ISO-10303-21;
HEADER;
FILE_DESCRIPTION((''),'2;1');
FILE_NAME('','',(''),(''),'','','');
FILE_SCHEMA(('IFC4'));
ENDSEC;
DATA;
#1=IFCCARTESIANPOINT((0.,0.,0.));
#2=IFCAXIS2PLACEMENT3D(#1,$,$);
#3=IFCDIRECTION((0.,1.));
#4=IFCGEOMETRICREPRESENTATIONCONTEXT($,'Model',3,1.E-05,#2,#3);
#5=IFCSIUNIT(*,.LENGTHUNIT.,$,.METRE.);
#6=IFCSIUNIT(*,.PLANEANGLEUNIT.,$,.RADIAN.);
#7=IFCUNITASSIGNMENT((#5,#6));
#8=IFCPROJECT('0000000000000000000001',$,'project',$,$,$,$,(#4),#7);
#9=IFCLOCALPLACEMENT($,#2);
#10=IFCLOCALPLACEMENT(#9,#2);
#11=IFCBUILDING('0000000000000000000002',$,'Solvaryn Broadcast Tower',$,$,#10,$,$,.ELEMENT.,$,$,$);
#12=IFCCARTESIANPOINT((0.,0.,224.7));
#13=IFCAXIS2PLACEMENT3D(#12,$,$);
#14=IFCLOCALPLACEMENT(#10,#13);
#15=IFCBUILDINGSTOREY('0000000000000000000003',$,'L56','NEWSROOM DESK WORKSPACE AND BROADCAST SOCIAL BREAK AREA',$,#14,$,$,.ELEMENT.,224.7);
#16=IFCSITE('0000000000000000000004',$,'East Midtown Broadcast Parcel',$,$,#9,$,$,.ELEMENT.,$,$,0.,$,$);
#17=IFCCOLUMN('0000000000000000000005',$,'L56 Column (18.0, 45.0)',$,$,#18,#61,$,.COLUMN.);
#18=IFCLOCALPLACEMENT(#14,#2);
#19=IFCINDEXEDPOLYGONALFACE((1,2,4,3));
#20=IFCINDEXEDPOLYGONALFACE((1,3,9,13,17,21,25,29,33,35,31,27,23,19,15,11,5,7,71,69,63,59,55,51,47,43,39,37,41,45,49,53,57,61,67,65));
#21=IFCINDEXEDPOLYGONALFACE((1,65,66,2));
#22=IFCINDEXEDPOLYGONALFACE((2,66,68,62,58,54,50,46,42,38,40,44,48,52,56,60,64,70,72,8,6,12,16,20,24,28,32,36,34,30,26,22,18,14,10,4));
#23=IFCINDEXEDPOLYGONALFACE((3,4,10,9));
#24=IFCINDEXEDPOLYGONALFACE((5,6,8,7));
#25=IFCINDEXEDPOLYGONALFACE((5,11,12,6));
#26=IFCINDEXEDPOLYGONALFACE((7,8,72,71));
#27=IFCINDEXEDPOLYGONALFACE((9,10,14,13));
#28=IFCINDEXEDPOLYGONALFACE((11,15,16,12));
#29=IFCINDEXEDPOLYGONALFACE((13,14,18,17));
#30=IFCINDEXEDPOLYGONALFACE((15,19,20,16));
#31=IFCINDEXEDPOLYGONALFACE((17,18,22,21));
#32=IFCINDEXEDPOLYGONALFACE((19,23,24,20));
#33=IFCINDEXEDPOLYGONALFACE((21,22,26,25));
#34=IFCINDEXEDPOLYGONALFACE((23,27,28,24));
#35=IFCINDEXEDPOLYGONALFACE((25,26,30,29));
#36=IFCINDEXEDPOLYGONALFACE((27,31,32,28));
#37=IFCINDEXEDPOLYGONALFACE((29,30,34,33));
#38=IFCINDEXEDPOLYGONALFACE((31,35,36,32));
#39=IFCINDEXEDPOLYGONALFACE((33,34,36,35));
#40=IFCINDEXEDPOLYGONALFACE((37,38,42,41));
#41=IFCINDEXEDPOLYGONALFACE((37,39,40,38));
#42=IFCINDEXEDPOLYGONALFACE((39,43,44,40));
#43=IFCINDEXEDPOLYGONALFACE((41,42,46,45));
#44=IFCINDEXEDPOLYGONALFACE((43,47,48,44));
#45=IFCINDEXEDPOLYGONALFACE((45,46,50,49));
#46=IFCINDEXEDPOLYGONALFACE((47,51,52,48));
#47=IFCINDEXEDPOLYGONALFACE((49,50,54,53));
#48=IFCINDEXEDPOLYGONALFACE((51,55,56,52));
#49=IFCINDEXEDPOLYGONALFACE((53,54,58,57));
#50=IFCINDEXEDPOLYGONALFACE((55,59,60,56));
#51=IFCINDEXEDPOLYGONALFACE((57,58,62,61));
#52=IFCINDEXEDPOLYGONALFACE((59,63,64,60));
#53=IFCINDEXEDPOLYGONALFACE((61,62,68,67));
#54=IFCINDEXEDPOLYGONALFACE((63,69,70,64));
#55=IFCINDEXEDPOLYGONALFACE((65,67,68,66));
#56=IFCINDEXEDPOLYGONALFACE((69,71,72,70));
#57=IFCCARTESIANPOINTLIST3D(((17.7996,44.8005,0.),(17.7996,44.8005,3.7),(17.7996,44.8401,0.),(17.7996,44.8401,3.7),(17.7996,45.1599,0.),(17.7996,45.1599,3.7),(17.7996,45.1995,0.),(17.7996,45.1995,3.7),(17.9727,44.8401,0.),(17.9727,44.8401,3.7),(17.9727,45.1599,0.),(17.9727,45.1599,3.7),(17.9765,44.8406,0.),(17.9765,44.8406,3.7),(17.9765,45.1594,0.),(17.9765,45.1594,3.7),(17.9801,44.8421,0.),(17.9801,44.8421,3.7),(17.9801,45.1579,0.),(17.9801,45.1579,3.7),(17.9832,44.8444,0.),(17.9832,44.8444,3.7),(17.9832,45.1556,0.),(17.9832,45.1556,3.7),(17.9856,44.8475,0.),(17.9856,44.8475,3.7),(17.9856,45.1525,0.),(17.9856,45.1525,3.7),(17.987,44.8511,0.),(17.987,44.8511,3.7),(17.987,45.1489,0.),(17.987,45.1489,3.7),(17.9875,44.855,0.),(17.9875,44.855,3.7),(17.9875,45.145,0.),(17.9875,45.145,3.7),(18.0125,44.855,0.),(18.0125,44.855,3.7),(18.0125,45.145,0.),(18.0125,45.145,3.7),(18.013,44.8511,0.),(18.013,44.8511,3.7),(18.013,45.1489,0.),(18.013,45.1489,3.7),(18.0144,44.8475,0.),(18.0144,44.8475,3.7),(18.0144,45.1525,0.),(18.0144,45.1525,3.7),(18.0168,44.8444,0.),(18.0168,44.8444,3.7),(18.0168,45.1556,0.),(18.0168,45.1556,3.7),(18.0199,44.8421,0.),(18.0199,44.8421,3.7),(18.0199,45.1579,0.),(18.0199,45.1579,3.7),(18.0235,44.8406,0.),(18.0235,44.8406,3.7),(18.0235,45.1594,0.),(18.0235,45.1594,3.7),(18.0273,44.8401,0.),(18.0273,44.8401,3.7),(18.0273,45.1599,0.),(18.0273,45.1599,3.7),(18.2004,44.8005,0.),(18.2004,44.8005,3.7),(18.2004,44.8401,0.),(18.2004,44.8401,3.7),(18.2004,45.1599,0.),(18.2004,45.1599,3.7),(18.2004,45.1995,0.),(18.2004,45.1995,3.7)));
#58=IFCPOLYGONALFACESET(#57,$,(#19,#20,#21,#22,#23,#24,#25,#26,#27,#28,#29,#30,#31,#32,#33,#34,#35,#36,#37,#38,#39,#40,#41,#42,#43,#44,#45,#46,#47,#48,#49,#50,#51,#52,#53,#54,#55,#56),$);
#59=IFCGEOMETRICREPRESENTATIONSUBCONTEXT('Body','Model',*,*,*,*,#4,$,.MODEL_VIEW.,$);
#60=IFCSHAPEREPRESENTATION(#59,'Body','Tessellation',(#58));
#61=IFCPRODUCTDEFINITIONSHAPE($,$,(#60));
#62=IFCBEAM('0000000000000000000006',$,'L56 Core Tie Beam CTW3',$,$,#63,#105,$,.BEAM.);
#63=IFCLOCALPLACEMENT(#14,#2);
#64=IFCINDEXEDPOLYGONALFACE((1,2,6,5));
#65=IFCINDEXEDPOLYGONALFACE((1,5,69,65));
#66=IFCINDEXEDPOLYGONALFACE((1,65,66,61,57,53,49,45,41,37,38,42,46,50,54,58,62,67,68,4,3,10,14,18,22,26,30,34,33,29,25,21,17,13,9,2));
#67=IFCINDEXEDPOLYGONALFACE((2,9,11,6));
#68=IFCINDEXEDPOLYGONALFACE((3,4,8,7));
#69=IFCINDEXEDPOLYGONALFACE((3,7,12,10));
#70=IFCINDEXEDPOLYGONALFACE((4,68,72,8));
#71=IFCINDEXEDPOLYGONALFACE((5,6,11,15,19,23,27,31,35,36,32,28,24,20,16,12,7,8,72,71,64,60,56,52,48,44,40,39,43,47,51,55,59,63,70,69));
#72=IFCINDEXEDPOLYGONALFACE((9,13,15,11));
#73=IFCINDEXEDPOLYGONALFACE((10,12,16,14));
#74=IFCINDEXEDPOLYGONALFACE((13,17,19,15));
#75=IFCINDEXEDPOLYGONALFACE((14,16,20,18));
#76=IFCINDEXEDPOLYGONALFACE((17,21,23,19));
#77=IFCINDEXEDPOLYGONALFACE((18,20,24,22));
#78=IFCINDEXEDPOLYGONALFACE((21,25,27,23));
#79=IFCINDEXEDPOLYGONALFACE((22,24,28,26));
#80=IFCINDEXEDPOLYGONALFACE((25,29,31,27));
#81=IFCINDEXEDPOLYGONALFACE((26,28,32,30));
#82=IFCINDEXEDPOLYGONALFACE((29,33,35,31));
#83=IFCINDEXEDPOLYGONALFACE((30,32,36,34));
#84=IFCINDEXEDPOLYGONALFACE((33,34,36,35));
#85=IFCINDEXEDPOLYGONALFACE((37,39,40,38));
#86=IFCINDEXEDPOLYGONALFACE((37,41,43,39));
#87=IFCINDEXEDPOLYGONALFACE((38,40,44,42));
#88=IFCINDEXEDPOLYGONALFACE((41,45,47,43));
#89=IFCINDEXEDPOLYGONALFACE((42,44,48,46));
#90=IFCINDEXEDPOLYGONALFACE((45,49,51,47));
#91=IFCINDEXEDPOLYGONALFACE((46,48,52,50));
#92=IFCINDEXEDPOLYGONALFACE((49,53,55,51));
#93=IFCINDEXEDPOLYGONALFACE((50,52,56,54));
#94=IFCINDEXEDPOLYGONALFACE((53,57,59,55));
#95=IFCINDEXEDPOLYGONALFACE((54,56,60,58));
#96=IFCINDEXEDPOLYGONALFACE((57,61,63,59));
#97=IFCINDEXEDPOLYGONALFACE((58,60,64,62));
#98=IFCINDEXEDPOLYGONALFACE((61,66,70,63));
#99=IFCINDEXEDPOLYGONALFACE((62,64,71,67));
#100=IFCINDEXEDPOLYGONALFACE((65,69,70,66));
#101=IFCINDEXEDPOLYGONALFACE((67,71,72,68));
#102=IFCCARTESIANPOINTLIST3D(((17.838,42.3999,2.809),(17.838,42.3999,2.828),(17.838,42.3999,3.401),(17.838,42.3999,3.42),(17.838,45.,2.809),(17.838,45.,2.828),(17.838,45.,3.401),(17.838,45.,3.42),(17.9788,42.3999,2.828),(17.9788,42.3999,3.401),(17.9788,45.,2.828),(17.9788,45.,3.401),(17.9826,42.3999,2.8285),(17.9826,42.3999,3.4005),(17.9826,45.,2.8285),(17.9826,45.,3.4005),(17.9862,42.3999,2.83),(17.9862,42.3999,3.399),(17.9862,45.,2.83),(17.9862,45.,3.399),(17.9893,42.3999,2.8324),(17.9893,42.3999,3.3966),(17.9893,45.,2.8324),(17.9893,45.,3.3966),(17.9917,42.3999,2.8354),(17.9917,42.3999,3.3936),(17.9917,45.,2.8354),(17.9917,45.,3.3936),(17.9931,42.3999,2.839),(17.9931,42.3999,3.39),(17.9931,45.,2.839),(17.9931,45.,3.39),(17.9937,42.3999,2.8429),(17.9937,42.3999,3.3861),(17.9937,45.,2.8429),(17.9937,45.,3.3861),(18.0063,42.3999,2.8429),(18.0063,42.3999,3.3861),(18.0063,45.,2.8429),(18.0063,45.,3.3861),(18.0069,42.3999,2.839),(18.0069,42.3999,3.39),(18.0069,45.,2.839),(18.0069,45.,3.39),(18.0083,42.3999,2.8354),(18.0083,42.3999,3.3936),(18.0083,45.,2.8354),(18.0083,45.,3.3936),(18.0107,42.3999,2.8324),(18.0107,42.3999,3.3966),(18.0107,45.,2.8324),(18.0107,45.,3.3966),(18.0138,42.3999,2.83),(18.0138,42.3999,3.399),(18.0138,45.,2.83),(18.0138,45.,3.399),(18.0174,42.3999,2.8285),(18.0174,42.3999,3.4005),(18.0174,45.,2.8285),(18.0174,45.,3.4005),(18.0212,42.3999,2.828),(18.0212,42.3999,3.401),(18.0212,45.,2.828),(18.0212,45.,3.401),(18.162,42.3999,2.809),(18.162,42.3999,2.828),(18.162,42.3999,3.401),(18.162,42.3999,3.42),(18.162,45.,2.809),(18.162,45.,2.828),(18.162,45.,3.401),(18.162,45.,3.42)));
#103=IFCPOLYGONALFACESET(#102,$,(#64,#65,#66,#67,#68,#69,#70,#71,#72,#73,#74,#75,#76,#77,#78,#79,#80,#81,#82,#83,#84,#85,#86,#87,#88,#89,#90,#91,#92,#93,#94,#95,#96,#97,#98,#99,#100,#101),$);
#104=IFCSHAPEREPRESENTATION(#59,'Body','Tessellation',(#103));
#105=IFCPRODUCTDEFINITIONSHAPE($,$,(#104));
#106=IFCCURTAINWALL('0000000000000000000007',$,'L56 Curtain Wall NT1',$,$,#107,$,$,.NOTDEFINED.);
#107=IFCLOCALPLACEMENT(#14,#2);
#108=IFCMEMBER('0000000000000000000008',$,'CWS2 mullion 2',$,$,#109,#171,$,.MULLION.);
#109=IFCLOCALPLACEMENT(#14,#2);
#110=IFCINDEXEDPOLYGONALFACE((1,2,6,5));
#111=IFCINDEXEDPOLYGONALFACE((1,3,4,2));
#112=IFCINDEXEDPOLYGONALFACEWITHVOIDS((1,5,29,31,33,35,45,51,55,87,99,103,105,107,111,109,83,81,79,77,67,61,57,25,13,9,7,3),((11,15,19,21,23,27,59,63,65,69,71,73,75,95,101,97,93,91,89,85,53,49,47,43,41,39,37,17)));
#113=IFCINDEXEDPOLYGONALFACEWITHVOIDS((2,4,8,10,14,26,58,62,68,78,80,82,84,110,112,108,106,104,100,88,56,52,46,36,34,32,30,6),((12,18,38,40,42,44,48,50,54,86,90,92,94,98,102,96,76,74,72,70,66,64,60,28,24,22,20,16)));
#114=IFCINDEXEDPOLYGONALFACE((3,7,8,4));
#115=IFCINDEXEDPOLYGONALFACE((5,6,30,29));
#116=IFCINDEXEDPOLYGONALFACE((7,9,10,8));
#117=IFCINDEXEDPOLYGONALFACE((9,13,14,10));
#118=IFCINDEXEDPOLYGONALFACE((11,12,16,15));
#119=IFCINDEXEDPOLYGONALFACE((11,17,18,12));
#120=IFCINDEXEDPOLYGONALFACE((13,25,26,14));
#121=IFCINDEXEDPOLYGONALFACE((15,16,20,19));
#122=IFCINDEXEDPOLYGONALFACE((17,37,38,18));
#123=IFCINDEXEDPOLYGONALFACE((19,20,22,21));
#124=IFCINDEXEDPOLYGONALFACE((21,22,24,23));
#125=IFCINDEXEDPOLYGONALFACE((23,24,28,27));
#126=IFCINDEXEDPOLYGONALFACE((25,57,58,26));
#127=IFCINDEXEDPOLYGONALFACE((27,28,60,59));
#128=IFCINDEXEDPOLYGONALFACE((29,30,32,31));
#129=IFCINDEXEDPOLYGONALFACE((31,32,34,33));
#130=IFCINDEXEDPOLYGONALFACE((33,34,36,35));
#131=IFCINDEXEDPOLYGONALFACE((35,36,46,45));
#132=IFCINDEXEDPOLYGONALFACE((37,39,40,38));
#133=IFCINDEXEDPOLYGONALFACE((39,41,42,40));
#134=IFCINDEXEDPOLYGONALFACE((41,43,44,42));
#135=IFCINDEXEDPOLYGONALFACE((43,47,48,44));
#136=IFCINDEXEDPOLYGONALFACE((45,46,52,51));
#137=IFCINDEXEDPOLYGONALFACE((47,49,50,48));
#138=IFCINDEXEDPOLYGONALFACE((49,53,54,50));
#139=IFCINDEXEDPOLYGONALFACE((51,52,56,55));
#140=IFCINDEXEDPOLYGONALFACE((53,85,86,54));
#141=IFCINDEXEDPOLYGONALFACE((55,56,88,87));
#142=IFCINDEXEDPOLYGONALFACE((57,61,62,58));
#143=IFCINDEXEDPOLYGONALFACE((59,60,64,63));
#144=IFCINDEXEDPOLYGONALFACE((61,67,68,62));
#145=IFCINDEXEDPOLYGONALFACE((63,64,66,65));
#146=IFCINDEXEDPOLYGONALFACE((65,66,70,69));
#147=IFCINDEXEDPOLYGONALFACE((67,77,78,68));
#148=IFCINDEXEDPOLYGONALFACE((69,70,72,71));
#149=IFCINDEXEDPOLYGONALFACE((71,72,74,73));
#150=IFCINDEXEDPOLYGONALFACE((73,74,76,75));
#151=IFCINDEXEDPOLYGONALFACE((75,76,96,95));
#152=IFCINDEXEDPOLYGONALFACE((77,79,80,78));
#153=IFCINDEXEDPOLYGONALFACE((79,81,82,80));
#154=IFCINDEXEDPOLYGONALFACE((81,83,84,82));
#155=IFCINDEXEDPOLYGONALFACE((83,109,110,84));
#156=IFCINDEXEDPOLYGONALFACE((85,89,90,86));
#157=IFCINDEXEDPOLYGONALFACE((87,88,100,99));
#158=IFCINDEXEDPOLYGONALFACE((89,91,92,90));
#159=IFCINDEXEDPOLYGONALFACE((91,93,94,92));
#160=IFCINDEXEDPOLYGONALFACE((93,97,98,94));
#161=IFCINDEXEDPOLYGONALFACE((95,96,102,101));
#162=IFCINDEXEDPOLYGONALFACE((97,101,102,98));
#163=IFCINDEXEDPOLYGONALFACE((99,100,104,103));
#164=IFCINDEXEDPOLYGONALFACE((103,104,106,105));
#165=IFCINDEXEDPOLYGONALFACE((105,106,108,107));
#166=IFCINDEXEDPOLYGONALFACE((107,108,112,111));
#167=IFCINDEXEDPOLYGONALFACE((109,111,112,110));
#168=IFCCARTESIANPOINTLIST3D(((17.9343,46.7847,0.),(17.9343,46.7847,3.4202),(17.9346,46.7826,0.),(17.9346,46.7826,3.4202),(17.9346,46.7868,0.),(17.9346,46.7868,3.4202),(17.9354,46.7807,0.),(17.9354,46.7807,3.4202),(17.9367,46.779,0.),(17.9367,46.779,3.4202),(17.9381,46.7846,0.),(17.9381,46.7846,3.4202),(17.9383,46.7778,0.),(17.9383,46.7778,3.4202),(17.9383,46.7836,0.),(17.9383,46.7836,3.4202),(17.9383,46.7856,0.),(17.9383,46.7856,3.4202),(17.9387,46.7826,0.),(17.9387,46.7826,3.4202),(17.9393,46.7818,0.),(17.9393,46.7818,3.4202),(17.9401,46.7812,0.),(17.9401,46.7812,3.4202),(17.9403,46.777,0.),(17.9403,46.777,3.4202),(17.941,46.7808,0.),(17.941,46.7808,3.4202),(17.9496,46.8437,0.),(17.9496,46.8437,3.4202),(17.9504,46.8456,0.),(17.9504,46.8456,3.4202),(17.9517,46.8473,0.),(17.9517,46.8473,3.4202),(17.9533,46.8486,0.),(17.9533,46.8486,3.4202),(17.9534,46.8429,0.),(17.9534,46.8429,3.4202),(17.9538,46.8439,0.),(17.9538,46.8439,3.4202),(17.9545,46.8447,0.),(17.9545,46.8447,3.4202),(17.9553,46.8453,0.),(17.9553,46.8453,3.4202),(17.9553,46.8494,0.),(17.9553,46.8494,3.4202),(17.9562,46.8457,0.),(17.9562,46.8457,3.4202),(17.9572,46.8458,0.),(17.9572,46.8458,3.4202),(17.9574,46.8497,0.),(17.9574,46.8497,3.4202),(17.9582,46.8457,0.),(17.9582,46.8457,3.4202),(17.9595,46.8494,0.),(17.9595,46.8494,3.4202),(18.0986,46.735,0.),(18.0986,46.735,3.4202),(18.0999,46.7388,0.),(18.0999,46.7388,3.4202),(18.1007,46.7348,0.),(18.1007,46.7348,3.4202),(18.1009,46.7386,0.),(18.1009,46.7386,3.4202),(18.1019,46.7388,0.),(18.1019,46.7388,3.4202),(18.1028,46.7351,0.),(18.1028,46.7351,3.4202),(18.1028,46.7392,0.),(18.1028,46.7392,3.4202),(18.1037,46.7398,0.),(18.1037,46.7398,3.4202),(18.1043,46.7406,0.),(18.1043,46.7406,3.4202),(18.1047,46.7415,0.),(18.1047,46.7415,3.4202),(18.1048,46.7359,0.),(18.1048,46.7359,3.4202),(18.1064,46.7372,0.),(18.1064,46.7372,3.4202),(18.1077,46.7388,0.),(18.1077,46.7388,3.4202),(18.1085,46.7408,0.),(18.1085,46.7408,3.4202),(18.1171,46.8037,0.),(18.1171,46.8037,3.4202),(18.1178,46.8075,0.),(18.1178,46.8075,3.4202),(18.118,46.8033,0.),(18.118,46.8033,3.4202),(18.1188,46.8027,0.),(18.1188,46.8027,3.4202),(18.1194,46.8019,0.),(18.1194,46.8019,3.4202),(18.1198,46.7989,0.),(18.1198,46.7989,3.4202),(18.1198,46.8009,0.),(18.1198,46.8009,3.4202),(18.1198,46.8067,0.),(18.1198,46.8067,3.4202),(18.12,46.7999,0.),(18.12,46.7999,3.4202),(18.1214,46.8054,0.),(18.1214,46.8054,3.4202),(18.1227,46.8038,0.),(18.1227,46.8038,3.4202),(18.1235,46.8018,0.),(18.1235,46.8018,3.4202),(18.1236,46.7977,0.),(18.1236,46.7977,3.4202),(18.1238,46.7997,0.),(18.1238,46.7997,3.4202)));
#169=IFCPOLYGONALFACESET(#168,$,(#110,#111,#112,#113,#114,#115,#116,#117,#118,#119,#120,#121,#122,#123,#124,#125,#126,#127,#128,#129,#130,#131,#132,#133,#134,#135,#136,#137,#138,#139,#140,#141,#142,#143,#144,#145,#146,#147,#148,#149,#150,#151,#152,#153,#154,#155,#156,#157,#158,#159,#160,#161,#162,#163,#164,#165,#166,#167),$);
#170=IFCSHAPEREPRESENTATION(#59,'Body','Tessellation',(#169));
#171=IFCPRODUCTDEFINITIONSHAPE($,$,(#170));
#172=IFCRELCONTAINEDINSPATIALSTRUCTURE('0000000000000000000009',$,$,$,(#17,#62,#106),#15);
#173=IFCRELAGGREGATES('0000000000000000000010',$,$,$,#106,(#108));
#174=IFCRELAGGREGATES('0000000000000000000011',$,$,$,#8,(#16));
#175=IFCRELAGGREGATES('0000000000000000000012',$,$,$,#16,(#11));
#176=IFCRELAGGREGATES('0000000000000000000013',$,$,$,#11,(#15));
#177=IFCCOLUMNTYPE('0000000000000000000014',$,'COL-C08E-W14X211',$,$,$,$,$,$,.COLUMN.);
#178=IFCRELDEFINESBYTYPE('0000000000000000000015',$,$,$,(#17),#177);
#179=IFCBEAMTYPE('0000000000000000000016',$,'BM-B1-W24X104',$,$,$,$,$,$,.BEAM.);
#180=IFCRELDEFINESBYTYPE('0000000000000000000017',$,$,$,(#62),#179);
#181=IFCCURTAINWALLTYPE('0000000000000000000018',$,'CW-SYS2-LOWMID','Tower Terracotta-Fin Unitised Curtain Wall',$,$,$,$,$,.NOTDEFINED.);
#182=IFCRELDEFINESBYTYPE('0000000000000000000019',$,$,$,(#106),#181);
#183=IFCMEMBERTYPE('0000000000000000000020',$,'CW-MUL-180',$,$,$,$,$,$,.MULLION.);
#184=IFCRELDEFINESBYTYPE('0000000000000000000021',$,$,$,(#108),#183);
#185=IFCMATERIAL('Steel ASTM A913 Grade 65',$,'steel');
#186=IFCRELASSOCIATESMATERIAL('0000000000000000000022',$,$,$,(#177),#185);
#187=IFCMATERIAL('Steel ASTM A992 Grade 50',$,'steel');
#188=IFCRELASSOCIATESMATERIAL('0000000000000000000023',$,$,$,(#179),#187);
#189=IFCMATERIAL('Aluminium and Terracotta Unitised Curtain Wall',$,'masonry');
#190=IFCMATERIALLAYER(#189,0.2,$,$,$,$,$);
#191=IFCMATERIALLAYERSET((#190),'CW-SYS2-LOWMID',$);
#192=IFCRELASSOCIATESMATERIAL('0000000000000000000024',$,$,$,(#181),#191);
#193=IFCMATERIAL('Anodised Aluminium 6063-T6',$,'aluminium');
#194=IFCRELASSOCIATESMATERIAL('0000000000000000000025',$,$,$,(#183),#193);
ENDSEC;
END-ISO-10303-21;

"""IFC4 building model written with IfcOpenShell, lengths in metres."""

from ifc_helpers import new_model, si_unit, direction, frame, origin, origin_2d, place, context, subcontext, project, spatial, hollow_rectangle, i_section, extrude, material, layer, layer_set, material_profile, profile_set, type_object, element, aggregate, save


model = new_model("IFC4")

# Units and contexts
model_context = context("Model", 3, precision=1e-05, world=origin(), true_north=direction((0.0, 1.0)))
body_context = subcontext(model_context, "Body", "Model", "MODEL_VIEW")
ifc_project = project(units=[si_unit("LENGTHUNIT", "METRE"), si_unit("PLANEANGLEUNIT", "RADIAN")], contexts=[model_context])

# Site, building, storey
site_placement = place(None, origin())
site = spatial("IfcSite", under=ifc_project, at=site_placement, Name="East Midtown Broadcast Parcel", CompositionType="ELEMENT", RefElevation=0.0)
building_placement = place(site_placement, origin())
building = spatial("IfcBuilding", under=site, at=building_placement, Name="Solvaryn Broadcast Tower", CompositionType="ELEMENT")
storey_placement = place(building_placement, frame((0.0, 0.0, 224.7)))
storey = spatial("IfcBuildingStorey", under=building, at=storey_placement, Name="L56", Description="NEWSROOM DESK WORKSPACE AND BROADCAST SOCIAL BREAK AREA", CompositionType="ELEMENT", Elevation=224.7)

# Column
ifc_material_1 = material(Name="Steel ASTM A913 Grade 65", Category="steel")
ifc_material_profile_1 = material_profile(ifc_material_1, i_section(OverallWidth=0.4009, OverallDepth=0.3989, WebThickness=0.0249, FlangeThickness=0.0396, FilletRadius=0.0149, at=origin_2d()))
ifc_profile_set_1 = profile_set([ifc_material_profile_1], Name="Steel ASTM A913 Grade 65")
column_type = type_object("IfcColumnType", Name="COL-C08E-W14X211", PredefinedType="COLUMN", material=ifc_profile_set_1)
column_placement = place(storey_placement, frame((18.0, 45.0, 0.0), z_axis=(0.0, 0.0, 1.0), x_axis=(1.0, 0.0, 0.0)))
element("IfcColumn", 1, at=column_placement, inside=storey, type_object=column_type, Name="L56 Column (18.0, 45.0)", PredefinedType="COLUMN", context=body_context, shape_type="SweptSolid", body=[
    extrude(i_section(OverallWidth=0.4009, OverallDepth=0.3989, WebThickness=0.0249, FlangeThickness=0.0396, FilletRadius=0.0149, at=origin_2d()), origin(), (0.0, 0.0, 1.0), 3.7),
])

# Beam
ifc_material_2 = material(Name="Steel ASTM A992 Grade 50", Category="steel")
ifc_material_profile_2 = material_profile(ifc_material_2, i_section(OverallWidth=0.324, OverallDepth=0.6111, WebThickness=0.0127, FlangeThickness=0.019, FilletRadius=0.0149, at=origin_2d()))
ifc_profile_set_2 = profile_set([ifc_material_profile_2], Name="Steel ASTM A992 Grade 50")
beam_type = type_object("IfcBeamType", Name="BM-B1-W24X104", PredefinedType="BEAM", material=ifc_profile_set_2)
beam_placement = place(storey_placement, frame((18.0, 42.3999, 3.1145), z_axis=(0.0, 1.0, 0.0), x_axis=(-1.0, 0.0, 0.0)))
element("IfcBeam", 2, at=beam_placement, inside=storey, type_object=beam_type, Name="L56 Core Tie Beam CTW3", PredefinedType="BEAM", context=body_context, shape_type="SweptSolid", body=[
    extrude(i_section(OverallWidth=0.324, OverallDepth=0.6111, WebThickness=0.0127, FlangeThickness=0.019, FilletRadius=0.0149, at=origin_2d()), origin(), (0.0, 0.0, 1.0), 2.6001),
])

# Curtain wall, member
ifc_material_3 = material(Name="Aluminium and Terracotta Unitised Curtain Wall", Category="masonry")
ifc_layer_1 = layer(ifc_material_3, 0.2)
ifc_layer_set_1 = layer_set([ifc_layer_1], Name="CW-SYS2-LOWMID")
curtain_wall_type = type_object("IfcCurtainWallType", Name="CW-SYS2-LOWMID", Description="Tower Terracotta-Fin Unitised Curtain Wall", PredefinedType="NOTDEFINED", material=ifc_layer_set_1)
curtain_wall_1_placement = place(storey_placement, origin())
curtain_wall_1 = element("IfcCurtainWall", 3, at=curtain_wall_1_placement, inside=storey, type_object=curtain_wall_type, Name="L56 Curtain Wall NT1", PredefinedType="NOTDEFINED")
ifc_material_4 = material(Name="Anodised Aluminium 6063-T6", Category="aluminium")
ifc_material_profile_3 = material_profile(ifc_material_4, hollow_rectangle(XDim=0.075, YDim=0.1799, WallThickness=0.0039, InnerFilletRadius=0.0039, OuterFilletRadius=0.0081, at=origin_2d()))
ifc_profile_set_3 = profile_set([ifc_material_profile_3], Name="Anodised Aluminium 6063-T6")
member_type_1 = type_object("IfcMemberType", Name="CW-MUL-180", PredefinedType="MULLION", material=ifc_profile_set_3)
member_1_placement = place(storey_placement, frame((18.0291, 46.7922, 0.0), z_axis=(0.0, 0.0, 1.0), x_axis=(-0.255893, -0.966705, 0.0)))
member_1 = element("IfcMember", 4, at=member_1_placement, type_object=member_type_1, Name="CWS2 mullion 2", PredefinedType="MULLION", context=body_context, shape_type="SweptSolid", body=[
    extrude(hollow_rectangle(XDim=0.075, YDim=0.1799, WallThickness=0.0039, InnerFilletRadius=0.0039, OuterFilletRadius=0.0081, at=origin_2d()), origin(), (0.0, 0.0, 1.0), 3.4202),
])

aggregate(curtain_wall_1, [member_1])

save(model, "model.ifc")
